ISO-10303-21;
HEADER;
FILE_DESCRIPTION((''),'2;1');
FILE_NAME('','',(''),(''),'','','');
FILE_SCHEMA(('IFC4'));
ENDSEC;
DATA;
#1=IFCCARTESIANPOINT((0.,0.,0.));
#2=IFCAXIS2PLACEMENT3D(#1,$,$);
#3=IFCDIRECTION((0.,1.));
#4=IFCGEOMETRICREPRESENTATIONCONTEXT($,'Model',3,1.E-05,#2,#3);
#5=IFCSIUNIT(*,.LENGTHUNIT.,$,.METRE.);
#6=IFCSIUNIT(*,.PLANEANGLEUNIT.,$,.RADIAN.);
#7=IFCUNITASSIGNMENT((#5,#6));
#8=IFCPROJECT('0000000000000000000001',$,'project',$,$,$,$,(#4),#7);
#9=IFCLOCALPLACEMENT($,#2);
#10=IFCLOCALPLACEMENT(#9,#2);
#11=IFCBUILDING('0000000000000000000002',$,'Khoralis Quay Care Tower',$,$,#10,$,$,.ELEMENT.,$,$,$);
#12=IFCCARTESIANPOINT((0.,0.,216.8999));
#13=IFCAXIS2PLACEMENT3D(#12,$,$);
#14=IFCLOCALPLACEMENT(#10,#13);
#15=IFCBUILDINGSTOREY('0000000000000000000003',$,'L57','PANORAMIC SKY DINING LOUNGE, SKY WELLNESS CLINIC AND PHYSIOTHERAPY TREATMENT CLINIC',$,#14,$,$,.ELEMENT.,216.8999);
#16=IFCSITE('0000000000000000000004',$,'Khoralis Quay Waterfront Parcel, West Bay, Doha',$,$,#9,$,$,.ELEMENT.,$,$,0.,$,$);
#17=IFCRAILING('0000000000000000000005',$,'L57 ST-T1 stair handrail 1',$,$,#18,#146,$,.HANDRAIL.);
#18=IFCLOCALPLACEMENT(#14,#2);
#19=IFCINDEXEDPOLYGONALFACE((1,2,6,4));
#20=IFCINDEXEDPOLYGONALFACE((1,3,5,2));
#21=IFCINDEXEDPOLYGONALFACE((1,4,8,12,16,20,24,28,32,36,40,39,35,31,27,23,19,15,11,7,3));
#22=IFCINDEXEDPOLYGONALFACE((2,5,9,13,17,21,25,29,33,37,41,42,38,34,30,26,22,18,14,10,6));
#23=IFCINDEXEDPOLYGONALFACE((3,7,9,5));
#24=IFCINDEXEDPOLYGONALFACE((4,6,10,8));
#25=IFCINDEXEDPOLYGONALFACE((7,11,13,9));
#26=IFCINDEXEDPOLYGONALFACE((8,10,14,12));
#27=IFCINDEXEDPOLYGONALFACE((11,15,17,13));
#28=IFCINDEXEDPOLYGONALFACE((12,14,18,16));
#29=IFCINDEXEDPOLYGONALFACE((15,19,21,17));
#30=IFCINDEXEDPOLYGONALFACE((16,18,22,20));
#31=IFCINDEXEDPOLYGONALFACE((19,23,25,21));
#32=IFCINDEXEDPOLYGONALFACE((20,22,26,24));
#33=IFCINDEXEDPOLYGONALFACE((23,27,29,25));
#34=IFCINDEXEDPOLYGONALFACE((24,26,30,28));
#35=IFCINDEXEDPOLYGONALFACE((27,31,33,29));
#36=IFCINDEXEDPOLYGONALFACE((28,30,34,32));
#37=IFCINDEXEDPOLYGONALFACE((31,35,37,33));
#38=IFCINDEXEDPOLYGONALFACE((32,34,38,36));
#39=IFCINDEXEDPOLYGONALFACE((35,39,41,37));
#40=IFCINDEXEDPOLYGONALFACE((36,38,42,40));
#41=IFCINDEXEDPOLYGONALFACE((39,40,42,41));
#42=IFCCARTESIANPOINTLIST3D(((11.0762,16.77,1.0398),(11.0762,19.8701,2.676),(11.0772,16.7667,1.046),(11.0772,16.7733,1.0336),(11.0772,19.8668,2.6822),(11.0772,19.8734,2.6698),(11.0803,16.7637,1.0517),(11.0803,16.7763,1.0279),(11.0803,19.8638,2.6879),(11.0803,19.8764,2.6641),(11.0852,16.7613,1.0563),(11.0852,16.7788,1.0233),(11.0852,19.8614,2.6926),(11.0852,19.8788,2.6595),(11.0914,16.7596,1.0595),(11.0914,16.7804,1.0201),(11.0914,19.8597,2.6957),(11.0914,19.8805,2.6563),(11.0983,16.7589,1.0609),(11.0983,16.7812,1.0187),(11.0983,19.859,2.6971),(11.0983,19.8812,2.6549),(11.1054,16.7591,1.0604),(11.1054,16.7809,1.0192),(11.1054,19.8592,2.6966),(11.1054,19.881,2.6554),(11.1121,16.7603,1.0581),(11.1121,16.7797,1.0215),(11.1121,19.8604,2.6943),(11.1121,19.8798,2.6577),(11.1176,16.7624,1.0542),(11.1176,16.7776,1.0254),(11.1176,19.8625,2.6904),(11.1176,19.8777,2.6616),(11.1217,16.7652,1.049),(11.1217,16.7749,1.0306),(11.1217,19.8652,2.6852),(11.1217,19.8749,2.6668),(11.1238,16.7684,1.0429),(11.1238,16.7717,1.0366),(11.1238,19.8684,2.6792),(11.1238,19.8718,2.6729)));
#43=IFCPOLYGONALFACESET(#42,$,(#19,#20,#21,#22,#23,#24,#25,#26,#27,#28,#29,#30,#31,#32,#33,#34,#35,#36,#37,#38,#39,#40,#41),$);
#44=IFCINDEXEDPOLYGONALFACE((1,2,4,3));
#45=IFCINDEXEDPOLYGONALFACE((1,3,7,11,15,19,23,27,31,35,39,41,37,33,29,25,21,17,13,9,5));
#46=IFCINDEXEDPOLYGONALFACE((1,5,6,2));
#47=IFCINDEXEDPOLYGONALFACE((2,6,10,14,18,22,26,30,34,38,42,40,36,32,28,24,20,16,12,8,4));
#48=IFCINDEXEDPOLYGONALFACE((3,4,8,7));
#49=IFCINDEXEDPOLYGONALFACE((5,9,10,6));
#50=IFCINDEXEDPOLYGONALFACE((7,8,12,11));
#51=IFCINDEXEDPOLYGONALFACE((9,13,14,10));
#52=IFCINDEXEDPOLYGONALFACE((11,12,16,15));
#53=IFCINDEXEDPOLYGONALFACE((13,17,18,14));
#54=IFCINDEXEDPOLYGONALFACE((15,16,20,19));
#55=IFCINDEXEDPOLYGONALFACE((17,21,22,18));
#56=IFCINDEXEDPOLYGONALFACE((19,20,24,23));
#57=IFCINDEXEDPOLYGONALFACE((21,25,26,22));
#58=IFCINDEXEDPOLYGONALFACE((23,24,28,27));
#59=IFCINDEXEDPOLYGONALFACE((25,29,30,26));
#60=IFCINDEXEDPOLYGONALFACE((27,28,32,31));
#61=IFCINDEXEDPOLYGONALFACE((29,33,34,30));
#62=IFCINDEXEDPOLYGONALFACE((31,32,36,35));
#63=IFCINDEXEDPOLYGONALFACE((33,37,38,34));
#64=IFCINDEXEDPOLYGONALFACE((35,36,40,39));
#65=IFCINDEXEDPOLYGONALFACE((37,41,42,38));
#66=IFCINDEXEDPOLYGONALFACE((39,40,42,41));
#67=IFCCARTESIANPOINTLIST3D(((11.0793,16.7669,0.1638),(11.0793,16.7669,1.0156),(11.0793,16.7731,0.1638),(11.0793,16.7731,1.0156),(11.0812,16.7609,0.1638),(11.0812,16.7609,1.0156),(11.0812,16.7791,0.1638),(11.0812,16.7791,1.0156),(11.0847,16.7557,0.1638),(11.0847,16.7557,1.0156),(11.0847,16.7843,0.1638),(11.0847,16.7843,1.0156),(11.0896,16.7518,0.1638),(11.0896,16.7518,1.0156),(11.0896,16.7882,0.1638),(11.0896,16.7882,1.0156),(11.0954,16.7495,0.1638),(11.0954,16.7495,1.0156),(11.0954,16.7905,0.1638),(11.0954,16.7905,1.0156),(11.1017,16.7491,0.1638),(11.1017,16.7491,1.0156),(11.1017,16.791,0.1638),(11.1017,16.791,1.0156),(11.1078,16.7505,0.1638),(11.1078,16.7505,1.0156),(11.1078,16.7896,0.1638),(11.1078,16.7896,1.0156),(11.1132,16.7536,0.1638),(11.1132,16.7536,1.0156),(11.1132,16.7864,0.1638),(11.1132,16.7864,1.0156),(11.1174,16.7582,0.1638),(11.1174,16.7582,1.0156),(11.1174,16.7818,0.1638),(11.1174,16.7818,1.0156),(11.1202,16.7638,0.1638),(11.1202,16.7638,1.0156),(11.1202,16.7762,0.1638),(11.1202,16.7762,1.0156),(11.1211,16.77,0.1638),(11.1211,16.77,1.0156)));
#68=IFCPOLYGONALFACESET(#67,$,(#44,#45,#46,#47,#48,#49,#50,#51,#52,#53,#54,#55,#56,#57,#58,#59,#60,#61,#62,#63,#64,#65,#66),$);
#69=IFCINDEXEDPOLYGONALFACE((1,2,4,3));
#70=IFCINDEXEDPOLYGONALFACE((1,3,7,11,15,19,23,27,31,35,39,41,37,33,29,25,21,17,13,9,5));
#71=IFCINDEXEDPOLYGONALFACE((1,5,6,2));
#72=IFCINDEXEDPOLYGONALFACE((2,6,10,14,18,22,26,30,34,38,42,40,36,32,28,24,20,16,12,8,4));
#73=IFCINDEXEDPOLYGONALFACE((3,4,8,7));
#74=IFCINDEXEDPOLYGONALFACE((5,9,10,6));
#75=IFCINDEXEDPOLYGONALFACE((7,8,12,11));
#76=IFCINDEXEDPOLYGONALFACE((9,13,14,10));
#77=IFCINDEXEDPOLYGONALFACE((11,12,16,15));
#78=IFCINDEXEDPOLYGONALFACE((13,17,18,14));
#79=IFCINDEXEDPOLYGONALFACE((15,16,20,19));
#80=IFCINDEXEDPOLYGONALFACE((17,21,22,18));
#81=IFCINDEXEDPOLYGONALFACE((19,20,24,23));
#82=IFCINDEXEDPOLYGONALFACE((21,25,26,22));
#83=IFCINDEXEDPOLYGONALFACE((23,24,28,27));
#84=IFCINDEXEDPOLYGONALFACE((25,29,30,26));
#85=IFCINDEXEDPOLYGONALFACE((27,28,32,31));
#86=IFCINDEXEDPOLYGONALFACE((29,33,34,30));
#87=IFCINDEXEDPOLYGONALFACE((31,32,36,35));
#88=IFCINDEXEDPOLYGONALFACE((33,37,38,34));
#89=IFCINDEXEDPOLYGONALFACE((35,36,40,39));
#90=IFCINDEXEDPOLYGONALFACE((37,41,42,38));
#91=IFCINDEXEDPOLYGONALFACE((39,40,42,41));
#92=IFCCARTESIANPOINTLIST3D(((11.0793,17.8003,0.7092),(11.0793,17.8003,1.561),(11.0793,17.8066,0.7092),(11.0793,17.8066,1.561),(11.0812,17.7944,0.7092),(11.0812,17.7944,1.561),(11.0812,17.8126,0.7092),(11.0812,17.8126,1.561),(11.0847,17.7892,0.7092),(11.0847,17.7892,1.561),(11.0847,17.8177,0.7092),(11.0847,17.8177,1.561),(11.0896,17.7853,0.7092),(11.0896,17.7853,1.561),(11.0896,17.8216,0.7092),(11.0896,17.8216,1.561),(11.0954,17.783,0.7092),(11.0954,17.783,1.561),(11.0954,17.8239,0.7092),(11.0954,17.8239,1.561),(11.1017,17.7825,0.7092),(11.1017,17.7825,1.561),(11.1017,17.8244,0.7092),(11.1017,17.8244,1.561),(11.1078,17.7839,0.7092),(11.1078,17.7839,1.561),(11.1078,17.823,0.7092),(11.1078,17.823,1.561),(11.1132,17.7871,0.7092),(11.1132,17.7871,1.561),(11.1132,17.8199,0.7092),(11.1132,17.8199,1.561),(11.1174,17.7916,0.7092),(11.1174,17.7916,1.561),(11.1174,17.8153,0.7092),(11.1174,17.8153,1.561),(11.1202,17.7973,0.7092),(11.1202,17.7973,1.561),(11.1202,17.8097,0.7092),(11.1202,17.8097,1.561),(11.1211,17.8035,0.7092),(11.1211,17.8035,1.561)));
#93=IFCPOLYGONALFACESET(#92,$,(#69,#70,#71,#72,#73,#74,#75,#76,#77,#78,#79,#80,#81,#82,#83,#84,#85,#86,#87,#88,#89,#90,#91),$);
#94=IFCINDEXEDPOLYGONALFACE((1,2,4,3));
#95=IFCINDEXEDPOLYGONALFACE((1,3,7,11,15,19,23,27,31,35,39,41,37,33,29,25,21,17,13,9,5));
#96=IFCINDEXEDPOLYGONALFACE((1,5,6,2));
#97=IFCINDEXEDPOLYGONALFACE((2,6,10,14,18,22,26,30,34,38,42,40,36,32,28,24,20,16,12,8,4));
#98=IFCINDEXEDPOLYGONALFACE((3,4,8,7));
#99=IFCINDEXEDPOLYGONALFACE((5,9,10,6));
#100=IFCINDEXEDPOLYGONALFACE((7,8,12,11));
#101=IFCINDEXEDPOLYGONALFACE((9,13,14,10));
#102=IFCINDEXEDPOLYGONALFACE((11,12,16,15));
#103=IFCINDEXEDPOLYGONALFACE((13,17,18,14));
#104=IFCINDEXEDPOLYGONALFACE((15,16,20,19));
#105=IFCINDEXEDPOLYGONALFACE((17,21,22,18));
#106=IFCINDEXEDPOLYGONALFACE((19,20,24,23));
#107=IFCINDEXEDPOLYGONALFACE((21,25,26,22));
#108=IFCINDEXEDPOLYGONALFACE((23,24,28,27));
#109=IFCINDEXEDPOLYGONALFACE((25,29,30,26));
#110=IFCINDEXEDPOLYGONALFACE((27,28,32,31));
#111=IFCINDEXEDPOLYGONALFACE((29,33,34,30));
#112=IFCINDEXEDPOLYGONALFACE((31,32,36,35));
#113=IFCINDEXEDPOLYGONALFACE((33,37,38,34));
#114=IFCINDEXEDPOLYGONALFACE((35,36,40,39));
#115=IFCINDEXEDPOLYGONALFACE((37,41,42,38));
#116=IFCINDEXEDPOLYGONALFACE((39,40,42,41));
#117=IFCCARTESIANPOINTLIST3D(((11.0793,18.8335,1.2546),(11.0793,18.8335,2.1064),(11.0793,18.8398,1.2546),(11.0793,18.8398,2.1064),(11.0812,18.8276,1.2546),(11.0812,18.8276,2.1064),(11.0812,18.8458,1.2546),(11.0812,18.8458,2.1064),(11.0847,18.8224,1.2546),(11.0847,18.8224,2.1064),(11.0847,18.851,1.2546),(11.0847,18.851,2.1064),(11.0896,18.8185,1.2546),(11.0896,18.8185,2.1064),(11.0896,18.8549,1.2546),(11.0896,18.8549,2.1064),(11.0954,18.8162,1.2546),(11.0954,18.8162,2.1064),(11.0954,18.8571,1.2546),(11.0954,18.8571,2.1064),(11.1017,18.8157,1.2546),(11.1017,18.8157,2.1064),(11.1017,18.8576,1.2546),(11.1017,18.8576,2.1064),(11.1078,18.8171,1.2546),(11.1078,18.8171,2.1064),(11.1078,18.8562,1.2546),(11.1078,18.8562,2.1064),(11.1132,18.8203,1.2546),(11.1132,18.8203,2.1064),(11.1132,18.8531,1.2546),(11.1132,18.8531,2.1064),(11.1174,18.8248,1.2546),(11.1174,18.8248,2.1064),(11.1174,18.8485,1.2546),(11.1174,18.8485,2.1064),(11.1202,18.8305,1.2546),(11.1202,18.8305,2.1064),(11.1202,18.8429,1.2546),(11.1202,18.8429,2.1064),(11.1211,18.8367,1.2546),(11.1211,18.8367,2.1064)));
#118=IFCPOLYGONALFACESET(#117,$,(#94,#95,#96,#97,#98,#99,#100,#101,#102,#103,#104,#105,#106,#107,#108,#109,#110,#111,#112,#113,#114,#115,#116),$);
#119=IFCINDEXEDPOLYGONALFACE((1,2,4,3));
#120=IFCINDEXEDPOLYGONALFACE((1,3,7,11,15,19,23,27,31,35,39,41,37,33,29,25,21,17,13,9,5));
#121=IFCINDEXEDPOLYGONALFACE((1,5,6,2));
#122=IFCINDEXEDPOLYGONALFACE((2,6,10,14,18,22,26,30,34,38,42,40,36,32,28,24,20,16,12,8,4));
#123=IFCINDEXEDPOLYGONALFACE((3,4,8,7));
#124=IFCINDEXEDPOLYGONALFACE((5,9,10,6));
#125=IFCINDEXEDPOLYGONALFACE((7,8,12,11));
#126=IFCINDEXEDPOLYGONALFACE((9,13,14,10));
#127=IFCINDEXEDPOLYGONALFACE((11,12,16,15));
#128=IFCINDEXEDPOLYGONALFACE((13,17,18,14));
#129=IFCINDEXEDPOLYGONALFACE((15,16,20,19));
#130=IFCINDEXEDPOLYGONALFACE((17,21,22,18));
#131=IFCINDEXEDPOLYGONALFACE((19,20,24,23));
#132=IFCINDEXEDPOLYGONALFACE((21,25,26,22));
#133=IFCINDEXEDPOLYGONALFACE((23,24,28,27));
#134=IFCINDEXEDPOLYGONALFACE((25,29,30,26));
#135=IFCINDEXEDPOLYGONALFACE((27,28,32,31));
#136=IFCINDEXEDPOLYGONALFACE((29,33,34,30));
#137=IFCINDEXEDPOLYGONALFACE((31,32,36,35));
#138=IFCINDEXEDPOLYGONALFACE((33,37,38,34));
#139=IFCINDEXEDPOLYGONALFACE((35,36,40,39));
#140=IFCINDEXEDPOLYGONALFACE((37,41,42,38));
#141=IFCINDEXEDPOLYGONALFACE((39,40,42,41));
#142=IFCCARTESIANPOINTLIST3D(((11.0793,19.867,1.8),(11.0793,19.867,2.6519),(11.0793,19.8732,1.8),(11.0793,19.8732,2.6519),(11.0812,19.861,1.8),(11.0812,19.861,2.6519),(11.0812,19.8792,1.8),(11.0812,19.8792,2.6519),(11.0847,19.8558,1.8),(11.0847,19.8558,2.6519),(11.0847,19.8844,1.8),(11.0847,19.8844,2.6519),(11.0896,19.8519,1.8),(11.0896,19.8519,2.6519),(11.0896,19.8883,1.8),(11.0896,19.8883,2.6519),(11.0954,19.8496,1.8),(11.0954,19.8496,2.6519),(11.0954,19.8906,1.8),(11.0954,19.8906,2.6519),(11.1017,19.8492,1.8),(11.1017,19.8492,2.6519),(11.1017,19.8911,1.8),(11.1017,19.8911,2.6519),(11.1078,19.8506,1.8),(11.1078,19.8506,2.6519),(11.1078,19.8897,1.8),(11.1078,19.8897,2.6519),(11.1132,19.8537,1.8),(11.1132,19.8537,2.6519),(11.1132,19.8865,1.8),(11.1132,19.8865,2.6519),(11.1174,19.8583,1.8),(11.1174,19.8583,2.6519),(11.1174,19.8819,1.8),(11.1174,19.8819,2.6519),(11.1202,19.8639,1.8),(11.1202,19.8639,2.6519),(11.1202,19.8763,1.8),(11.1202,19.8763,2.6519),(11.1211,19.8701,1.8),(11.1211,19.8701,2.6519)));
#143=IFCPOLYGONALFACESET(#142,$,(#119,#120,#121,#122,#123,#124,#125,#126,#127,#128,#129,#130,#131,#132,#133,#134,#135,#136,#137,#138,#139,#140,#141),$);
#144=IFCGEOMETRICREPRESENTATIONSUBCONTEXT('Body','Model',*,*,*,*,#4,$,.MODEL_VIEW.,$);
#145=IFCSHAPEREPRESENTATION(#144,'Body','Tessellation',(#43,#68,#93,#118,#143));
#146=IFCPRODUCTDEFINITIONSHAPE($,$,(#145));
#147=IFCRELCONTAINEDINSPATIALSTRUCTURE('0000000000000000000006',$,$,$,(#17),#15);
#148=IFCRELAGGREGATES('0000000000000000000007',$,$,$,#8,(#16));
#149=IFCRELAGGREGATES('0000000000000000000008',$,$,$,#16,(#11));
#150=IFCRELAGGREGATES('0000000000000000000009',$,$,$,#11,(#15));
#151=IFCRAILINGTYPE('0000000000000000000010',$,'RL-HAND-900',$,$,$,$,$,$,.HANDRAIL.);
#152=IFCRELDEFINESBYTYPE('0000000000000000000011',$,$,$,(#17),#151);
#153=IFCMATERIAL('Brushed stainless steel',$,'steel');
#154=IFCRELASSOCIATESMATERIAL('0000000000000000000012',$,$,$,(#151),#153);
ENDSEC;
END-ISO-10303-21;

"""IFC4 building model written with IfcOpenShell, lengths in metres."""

from ifc_helpers import new_model, si_unit, direction, frame, origin, origin_2d, place, context, subcontext, project, spatial, circle, extrude, material, type_object, element, save


model = new_model("IFC4")

# Units and contexts
model_context = context("Model", 3, precision=1e-05, world=origin(), true_north=direction((0.0, 1.0)))
body_context = subcontext(model_context, "Body", "Model", "MODEL_VIEW")
ifc_project = project(units=[si_unit("LENGTHUNIT", "METRE"), si_unit("PLANEANGLEUNIT", "RADIAN")], contexts=[model_context])

# Site, building, storey
site_placement = place(None, origin())
site = spatial("IfcSite", under=ifc_project, at=site_placement, Name="Khoralis Quay Waterfront Parcel, West Bay, Doha", CompositionType="ELEMENT", RefElevation=0.0)
building_placement = place(site_placement, origin())
building = spatial("IfcBuilding", under=site, at=building_placement, Name="Khoralis Quay Care Tower", CompositionType="ELEMENT")
storey_placement = place(building_placement, frame((0.0, 0.0, 216.8999)))
storey = spatial("IfcBuildingStorey", under=building, at=storey_placement, Name="L57", Description="PANORAMIC SKY DINING LOUNGE, SKY WELLNESS CLINIC AND PHYSIOTHERAPY TREATMENT CLINIC", CompositionType="ELEMENT", Elevation=216.8999)

# Shared definitions
ifc_material_1 = material(Name="Brushed stainless steel", Category="steel")

# Railing
railing_type_1 = type_object("IfcRailingType", Name="RL-HAND-900", PredefinedType="HANDRAIL", material=ifc_material_1)
railing_1_placement = place(storey_placement, frame((11.1001, 16.77, 0.1638)))
element("IfcRailing", 1, at=railing_1_placement, inside=storey, type_object=railing_type_1, Name="L57 ST-T1 stair handrail 1", PredefinedType="HANDRAIL", context=body_context, shape_type="SweptSolid", body=[
    extrude(circle(Radius=0.0239, at=origin_2d()), frame((0.0, 0.0, 0.876), z_axis=(0.0, 0.884377, 0.466774), x_axis=(-1.0, 0.0, 0.0)), (0.0, 0.0, 1.0), 3.5054),
    extrude(circle(Radius=0.021, at=origin_2d()), origin(), (0.0, 0.0, 1.0), 0.8518),
    extrude(circle(Radius=0.021, at=origin_2d()), frame((0.0, 1.0334, 0.5454)), (0.0, 0.0, 1.0), 0.8518),
    extrude(circle(Radius=0.021, at=origin_2d()), frame((0.0, 2.0667, 1.0908)), (0.0, 0.0, 1.0), 0.8518),
    extrude(circle(Radius=0.021, at=origin_2d()), frame((0.0, 3.1001, 1.6362)), (0.0, 0.0, 1.0), 0.8518),
])

save(model, "model.ifc")
